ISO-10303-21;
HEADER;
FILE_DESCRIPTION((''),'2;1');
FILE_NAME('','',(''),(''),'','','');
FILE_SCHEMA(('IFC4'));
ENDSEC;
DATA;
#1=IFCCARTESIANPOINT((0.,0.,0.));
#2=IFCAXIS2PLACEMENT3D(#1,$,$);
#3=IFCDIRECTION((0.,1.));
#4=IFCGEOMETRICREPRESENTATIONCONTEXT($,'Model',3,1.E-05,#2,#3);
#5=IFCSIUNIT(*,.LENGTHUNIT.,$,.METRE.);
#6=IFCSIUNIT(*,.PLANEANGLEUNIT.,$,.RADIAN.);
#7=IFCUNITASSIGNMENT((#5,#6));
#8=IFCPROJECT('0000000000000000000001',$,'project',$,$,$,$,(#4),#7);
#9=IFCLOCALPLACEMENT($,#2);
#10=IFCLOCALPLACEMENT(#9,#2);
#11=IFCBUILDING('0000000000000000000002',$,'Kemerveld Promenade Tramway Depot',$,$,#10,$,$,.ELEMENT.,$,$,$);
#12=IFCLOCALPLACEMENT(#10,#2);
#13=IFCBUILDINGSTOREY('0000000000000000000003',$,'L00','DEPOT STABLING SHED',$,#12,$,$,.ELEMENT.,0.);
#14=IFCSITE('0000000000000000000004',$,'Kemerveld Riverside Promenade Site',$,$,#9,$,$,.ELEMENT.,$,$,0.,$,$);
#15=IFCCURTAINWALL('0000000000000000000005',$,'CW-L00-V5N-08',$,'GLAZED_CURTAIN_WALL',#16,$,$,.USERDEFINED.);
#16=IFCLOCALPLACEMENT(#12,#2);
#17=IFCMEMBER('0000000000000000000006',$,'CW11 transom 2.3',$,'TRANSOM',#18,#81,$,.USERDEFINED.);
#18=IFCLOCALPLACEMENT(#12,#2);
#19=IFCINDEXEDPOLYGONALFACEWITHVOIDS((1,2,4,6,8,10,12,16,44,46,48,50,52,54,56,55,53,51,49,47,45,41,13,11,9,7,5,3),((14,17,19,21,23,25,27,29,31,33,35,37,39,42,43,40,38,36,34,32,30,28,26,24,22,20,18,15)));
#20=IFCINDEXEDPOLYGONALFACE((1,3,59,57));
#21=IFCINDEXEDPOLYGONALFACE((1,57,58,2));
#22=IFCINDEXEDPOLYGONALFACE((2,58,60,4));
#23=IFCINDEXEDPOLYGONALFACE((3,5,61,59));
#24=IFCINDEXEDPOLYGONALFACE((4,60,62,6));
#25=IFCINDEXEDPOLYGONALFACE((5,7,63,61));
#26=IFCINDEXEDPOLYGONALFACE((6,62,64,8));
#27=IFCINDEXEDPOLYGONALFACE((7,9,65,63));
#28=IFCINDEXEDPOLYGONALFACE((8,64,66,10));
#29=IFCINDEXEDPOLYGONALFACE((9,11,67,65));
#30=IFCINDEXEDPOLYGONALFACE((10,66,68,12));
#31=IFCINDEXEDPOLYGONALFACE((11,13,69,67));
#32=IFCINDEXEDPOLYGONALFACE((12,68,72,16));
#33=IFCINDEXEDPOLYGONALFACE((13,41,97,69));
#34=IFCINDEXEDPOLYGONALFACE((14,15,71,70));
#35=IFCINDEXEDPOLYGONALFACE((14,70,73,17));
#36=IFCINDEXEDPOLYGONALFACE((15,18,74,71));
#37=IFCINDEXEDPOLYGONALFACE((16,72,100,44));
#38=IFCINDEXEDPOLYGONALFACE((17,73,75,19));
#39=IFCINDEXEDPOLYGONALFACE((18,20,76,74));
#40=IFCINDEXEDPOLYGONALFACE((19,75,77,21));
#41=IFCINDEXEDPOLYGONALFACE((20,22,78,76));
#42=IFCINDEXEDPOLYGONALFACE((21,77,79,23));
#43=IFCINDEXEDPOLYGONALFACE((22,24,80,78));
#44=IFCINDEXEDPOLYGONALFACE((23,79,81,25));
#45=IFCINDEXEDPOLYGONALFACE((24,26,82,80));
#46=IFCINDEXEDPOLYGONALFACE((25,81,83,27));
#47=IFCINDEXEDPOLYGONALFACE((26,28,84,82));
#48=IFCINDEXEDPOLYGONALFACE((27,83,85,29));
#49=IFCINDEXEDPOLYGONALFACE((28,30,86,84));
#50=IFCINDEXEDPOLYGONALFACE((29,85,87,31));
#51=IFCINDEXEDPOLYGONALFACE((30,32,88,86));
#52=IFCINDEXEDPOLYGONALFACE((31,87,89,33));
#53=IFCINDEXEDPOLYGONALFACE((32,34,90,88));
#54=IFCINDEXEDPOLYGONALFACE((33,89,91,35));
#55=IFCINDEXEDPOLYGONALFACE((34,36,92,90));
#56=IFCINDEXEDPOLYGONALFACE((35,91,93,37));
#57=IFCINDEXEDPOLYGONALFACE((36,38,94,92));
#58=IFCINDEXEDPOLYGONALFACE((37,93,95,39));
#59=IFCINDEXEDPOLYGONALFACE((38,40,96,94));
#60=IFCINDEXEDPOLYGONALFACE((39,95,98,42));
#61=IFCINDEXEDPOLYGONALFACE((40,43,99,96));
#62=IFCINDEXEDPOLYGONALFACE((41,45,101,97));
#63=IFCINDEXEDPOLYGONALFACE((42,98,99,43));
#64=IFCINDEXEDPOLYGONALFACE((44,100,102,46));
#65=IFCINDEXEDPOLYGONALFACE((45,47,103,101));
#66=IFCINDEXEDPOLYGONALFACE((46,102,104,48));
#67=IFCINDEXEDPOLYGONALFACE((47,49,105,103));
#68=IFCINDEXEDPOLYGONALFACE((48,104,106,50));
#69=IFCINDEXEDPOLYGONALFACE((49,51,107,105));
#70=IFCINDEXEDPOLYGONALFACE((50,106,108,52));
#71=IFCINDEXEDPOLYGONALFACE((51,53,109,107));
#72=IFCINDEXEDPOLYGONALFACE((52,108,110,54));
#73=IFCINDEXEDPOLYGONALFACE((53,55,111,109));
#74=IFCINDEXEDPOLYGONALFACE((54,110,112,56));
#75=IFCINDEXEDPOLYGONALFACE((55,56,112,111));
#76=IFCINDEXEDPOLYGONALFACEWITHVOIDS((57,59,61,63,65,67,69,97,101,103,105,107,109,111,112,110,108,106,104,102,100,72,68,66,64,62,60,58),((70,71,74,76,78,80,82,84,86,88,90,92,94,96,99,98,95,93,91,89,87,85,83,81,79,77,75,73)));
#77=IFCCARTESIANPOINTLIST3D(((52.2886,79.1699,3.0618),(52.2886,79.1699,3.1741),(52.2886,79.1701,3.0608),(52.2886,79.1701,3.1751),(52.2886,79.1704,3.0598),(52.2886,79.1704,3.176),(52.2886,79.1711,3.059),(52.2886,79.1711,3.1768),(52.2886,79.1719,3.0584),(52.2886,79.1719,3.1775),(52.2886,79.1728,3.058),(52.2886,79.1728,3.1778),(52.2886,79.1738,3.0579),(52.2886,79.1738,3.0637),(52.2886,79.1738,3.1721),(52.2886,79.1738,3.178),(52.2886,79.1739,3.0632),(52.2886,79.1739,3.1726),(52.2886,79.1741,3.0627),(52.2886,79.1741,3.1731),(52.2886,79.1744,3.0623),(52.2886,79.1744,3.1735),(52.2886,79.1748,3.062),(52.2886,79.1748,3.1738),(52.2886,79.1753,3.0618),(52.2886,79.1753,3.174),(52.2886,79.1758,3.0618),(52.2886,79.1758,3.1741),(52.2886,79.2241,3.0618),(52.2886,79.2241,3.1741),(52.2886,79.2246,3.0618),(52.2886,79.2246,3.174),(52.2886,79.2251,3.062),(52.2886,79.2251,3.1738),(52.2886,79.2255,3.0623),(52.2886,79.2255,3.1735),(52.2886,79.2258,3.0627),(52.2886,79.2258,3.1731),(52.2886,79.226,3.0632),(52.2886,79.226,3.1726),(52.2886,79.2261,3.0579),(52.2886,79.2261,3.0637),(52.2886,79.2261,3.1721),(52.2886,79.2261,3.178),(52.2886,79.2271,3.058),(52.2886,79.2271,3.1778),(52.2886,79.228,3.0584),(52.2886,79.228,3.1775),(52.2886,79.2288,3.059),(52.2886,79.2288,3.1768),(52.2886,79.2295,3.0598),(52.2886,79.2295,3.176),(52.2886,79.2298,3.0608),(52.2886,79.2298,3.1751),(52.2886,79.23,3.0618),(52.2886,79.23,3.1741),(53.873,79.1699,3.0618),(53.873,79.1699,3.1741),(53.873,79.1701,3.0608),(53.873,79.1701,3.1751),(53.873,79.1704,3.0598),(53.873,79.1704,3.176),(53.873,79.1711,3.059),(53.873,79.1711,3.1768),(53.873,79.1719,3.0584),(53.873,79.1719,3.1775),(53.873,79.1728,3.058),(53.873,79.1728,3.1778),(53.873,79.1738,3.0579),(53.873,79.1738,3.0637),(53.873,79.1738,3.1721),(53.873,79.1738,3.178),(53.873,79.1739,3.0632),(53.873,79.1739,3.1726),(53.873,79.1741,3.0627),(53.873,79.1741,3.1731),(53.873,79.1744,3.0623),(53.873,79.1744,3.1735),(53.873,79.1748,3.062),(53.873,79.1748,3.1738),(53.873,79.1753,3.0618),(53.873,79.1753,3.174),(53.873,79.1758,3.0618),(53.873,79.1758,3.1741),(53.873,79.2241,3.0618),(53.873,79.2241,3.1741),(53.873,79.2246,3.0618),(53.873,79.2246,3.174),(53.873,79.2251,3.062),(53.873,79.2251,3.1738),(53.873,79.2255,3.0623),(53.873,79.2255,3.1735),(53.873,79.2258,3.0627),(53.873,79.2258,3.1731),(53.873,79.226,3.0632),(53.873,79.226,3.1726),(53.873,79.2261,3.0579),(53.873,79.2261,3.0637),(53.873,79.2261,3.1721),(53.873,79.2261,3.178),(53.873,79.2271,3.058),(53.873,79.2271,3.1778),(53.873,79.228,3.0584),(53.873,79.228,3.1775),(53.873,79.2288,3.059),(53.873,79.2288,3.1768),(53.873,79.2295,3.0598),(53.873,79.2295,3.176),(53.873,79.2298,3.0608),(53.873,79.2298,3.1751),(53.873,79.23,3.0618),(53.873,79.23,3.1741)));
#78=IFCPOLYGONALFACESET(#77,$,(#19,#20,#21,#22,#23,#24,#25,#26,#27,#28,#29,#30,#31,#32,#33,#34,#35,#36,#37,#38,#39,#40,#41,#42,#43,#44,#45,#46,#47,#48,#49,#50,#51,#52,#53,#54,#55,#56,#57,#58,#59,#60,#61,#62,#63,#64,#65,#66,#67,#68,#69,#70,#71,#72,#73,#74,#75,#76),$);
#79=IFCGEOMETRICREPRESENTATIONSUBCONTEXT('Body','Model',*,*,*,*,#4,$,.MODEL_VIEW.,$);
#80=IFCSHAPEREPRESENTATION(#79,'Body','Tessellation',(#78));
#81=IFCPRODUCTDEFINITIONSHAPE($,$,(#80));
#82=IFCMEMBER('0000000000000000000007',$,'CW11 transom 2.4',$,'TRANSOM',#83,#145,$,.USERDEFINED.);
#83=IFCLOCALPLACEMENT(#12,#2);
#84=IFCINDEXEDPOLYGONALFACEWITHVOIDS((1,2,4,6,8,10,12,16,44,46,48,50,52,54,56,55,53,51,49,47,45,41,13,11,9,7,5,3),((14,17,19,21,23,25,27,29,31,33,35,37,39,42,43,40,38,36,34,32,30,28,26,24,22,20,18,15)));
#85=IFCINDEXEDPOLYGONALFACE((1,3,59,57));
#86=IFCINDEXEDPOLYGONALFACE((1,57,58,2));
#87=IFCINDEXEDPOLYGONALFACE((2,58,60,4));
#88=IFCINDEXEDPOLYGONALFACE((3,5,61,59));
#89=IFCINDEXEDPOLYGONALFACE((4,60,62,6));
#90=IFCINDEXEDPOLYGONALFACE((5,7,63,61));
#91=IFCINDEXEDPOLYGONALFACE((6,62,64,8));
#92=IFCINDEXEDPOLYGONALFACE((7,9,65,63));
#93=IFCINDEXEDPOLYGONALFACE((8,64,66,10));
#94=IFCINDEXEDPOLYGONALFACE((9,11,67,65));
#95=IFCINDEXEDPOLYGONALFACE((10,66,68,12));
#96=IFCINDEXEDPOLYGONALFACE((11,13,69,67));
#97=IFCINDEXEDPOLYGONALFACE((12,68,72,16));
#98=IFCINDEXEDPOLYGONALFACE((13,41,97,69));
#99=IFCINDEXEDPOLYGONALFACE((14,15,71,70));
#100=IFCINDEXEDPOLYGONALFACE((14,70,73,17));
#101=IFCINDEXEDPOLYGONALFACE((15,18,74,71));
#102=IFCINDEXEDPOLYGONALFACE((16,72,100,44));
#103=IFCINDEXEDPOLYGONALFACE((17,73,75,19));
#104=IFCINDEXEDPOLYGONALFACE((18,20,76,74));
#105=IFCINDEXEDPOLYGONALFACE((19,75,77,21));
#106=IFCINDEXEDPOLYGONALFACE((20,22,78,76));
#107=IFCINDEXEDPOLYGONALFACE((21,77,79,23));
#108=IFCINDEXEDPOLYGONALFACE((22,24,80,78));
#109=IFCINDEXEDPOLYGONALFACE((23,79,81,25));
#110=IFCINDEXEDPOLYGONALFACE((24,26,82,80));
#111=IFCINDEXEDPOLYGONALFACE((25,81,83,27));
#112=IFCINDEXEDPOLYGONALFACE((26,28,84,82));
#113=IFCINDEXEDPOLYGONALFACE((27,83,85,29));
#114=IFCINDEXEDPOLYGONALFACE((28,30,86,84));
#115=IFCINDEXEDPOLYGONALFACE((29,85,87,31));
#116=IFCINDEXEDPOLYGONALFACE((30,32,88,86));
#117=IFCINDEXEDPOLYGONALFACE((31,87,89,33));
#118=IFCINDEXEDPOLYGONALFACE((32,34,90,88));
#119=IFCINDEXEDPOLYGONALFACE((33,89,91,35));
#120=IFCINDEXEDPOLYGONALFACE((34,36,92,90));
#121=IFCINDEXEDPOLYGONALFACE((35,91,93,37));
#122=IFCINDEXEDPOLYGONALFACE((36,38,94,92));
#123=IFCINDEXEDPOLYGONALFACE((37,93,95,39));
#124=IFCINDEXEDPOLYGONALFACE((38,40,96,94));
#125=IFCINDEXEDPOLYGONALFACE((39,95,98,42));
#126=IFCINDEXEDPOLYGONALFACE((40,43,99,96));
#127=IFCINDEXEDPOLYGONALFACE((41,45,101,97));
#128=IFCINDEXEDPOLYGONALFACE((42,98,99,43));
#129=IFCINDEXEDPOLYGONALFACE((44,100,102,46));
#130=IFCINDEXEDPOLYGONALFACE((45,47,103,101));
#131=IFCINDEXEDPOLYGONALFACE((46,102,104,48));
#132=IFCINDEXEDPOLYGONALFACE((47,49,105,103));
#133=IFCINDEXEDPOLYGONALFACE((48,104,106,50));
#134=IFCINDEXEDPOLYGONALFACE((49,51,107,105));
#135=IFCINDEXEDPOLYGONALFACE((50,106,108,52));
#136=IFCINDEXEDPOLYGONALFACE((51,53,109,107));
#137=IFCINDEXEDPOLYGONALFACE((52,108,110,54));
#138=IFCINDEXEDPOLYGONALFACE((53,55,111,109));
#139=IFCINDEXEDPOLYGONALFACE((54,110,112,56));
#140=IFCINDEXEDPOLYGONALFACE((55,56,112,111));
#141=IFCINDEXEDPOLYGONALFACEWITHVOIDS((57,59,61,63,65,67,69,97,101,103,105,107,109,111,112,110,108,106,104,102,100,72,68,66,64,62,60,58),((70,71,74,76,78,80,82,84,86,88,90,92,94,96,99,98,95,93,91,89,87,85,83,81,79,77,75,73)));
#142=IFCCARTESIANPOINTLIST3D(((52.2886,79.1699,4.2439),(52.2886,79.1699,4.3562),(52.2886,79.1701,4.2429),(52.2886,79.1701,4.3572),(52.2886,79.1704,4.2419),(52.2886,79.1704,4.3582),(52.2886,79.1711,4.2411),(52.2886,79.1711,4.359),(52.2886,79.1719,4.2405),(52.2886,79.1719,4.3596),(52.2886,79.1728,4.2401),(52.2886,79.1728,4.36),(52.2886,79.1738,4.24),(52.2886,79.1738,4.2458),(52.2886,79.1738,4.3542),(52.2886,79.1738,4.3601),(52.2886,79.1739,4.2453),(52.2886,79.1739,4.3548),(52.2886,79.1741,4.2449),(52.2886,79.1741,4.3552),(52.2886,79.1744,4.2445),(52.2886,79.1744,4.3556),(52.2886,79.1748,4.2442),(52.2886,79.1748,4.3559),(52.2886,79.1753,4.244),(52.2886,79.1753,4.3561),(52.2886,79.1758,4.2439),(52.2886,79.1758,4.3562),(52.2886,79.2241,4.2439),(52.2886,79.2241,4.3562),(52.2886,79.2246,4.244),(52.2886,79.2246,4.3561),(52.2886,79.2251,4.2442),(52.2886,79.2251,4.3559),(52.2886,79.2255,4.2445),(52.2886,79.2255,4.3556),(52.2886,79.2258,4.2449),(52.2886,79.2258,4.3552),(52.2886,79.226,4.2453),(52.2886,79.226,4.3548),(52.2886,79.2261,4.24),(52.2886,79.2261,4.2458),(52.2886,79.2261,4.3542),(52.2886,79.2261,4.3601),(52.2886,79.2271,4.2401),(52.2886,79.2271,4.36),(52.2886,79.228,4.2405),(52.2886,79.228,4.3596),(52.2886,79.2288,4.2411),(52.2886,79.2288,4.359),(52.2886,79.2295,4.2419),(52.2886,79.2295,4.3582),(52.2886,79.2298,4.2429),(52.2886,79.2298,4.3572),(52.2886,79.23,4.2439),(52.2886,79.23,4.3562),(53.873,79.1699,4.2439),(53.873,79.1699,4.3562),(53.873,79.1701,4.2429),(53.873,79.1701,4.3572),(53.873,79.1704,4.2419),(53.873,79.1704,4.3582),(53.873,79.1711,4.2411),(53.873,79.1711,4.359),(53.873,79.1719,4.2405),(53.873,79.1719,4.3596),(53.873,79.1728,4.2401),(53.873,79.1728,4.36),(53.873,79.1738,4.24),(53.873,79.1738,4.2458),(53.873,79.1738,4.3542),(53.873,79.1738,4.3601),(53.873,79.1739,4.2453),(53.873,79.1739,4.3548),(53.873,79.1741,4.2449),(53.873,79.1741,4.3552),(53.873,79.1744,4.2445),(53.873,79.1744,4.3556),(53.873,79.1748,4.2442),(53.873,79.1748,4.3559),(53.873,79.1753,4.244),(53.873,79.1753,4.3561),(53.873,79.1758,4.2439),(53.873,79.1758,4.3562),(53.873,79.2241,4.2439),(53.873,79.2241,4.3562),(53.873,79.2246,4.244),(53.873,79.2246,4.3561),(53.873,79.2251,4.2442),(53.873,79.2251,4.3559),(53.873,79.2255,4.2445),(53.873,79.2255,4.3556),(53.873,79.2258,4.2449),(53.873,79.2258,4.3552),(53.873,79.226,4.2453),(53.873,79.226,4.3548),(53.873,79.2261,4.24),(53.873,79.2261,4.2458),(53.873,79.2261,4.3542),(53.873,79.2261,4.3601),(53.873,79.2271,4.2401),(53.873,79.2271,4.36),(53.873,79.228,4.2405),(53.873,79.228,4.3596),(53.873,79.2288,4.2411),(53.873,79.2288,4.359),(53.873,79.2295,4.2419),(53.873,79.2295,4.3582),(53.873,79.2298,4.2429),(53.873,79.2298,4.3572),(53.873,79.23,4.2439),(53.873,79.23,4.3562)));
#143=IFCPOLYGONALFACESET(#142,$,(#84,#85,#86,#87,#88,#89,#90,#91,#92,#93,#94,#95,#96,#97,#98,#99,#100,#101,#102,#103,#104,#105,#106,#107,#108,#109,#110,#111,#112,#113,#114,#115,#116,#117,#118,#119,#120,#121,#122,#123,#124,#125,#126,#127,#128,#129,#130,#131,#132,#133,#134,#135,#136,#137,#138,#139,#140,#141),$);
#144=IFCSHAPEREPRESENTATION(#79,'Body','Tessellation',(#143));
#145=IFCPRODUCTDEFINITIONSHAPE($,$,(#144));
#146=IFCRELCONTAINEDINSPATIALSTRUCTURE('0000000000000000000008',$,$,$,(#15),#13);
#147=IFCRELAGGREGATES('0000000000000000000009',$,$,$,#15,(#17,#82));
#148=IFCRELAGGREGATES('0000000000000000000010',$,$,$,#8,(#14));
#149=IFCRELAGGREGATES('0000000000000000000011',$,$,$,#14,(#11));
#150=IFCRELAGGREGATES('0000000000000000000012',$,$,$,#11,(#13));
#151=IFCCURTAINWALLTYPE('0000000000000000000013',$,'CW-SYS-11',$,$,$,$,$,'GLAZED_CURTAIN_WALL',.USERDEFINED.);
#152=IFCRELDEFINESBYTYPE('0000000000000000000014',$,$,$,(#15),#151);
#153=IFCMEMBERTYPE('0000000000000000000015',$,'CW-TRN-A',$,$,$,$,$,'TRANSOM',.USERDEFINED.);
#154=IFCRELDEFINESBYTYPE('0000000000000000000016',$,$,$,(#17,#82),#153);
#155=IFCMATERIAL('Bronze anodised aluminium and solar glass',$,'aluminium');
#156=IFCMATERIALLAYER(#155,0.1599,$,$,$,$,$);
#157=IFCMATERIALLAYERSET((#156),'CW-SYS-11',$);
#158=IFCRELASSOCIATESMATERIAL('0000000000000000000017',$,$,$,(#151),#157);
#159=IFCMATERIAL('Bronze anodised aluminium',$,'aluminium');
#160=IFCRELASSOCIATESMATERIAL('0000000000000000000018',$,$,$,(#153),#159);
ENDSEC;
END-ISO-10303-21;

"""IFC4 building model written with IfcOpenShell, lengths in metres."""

from ifc_helpers import new_model, si_unit, direction, frame, origin, origin_2d, place, context, subcontext, project, spatial, hollow_rectangle, extrude, material, layer, layer_set, material_profile, profile_set, type_object, element, aggregate, save


model = new_model("IFC4")

# Units and contexts
model_context = context("Model", 3, precision=1e-05, world=origin(), true_north=direction((0.0, 1.0)))
body_context = subcontext(model_context, "Body", "Model", "MODEL_VIEW")
ifc_project = project(units=[si_unit("LENGTHUNIT", "METRE"), si_unit("PLANEANGLEUNIT", "RADIAN")], contexts=[model_context])

# Site, building, storey
site_placement = place(None, origin())
site = spatial("IfcSite", under=ifc_project, at=site_placement, Name="Kemerveld Riverside Promenade Site", CompositionType="ELEMENT", RefElevation=0.0)
building_placement = place(site_placement, origin())
building = spatial("IfcBuilding", under=site, at=building_placement, Name="Kemerveld Promenade Tramway Depot", CompositionType="ELEMENT")
storey_placement = place(building_placement, origin())
storey = spatial("IfcBuildingStorey", under=building, at=storey_placement, Name="L00", Description="DEPOT STABLING SHED", CompositionType="ELEMENT", Elevation=0.0)

# Curtain wall, members
ifc_material_1 = material(Name="Bronze anodised aluminium and solar glass", Category="aluminium")
ifc_layer_1 = layer(ifc_material_1, 0.1599)
ifc_layer_set_1 = layer_set([ifc_layer_1], Name="CW-SYS-11")
curtain_wall_type = type_object("IfcCurtainWallType", Name="CW-SYS-11", ElementType="GLAZED_CURTAIN_WALL", PredefinedType="USERDEFINED", material=ifc_layer_set_1)
curtain_wall_placement = place(storey_placement, origin())
curtain_wall = element("IfcCurtainWall", 1, at=curtain_wall_placement, inside=storey, type_object=curtain_wall_type, Name="CW-L00-V5N-08", ObjectType="GLAZED_CURTAIN_WALL", PredefinedType="USERDEFINED")
ifc_material_2 = material(Name="Bronze anodised aluminium", Category="aluminium")
ifc_material_profile_1 = material_profile(ifc_material_2, hollow_rectangle(XDim=0.0601, YDim=0.1201, WallThickness=0.0039, InnerFilletRadius=0.002, OuterFilletRadius=0.0039, at=origin_2d()), Name="CW-TRN-120x60")
ifc_profile_set_1 = profile_set([ifc_material_profile_1], Name="Bronze anodised aluminium")
member_type_1 = type_object("IfcMemberType", Name="CW-TRN-A", ElementType="TRANSOM", PredefinedType="USERDEFINED", material=ifc_profile_set_1)
member_1_placement = place(storey_placement, frame((52.2886, 79.2, 3.1179), z_axis=(1.0, 0.0, 0.0), x_axis=(0.0, 1.0, 0.0)))
member_1 = element("IfcMember", 2, at=member_1_placement, type_object=member_type_1, Name="CW11 transom 2.3", ObjectType="TRANSOM", PredefinedType="USERDEFINED", context=body_context, shape_type="SweptSolid", body=[
    extrude(hollow_rectangle(XDim=0.0601, YDim=0.1201, WallThickness=0.0039, InnerFilletRadius=0.002, OuterFilletRadius=0.0039, at=origin_2d()), origin(), (0.0, 0.0, 1.0), 1.5845),
])
member_2_placement = place(storey_placement, frame((52.2886, 79.2, 4.3), z_axis=(1.0, 0.0, 0.0), x_axis=(0.0, 1.0, 0.0)))
member_2 = element("IfcMember", 3, at=member_2_placement, type_object=member_type_1, Name="CW11 transom 2.4", ObjectType="TRANSOM", PredefinedType="USERDEFINED", context=body_context, shape_type="SweptSolid", body=[
    extrude(hollow_rectangle(XDim=0.0601, YDim=0.1201, WallThickness=0.0039, InnerFilletRadius=0.002, OuterFilletRadius=0.0039, at=origin_2d()), origin(), (0.0, 0.0, 1.0), 1.5845),
])
aggregate(curtain_wall, [member_1, member_2])

save(model, "model.ifc")
